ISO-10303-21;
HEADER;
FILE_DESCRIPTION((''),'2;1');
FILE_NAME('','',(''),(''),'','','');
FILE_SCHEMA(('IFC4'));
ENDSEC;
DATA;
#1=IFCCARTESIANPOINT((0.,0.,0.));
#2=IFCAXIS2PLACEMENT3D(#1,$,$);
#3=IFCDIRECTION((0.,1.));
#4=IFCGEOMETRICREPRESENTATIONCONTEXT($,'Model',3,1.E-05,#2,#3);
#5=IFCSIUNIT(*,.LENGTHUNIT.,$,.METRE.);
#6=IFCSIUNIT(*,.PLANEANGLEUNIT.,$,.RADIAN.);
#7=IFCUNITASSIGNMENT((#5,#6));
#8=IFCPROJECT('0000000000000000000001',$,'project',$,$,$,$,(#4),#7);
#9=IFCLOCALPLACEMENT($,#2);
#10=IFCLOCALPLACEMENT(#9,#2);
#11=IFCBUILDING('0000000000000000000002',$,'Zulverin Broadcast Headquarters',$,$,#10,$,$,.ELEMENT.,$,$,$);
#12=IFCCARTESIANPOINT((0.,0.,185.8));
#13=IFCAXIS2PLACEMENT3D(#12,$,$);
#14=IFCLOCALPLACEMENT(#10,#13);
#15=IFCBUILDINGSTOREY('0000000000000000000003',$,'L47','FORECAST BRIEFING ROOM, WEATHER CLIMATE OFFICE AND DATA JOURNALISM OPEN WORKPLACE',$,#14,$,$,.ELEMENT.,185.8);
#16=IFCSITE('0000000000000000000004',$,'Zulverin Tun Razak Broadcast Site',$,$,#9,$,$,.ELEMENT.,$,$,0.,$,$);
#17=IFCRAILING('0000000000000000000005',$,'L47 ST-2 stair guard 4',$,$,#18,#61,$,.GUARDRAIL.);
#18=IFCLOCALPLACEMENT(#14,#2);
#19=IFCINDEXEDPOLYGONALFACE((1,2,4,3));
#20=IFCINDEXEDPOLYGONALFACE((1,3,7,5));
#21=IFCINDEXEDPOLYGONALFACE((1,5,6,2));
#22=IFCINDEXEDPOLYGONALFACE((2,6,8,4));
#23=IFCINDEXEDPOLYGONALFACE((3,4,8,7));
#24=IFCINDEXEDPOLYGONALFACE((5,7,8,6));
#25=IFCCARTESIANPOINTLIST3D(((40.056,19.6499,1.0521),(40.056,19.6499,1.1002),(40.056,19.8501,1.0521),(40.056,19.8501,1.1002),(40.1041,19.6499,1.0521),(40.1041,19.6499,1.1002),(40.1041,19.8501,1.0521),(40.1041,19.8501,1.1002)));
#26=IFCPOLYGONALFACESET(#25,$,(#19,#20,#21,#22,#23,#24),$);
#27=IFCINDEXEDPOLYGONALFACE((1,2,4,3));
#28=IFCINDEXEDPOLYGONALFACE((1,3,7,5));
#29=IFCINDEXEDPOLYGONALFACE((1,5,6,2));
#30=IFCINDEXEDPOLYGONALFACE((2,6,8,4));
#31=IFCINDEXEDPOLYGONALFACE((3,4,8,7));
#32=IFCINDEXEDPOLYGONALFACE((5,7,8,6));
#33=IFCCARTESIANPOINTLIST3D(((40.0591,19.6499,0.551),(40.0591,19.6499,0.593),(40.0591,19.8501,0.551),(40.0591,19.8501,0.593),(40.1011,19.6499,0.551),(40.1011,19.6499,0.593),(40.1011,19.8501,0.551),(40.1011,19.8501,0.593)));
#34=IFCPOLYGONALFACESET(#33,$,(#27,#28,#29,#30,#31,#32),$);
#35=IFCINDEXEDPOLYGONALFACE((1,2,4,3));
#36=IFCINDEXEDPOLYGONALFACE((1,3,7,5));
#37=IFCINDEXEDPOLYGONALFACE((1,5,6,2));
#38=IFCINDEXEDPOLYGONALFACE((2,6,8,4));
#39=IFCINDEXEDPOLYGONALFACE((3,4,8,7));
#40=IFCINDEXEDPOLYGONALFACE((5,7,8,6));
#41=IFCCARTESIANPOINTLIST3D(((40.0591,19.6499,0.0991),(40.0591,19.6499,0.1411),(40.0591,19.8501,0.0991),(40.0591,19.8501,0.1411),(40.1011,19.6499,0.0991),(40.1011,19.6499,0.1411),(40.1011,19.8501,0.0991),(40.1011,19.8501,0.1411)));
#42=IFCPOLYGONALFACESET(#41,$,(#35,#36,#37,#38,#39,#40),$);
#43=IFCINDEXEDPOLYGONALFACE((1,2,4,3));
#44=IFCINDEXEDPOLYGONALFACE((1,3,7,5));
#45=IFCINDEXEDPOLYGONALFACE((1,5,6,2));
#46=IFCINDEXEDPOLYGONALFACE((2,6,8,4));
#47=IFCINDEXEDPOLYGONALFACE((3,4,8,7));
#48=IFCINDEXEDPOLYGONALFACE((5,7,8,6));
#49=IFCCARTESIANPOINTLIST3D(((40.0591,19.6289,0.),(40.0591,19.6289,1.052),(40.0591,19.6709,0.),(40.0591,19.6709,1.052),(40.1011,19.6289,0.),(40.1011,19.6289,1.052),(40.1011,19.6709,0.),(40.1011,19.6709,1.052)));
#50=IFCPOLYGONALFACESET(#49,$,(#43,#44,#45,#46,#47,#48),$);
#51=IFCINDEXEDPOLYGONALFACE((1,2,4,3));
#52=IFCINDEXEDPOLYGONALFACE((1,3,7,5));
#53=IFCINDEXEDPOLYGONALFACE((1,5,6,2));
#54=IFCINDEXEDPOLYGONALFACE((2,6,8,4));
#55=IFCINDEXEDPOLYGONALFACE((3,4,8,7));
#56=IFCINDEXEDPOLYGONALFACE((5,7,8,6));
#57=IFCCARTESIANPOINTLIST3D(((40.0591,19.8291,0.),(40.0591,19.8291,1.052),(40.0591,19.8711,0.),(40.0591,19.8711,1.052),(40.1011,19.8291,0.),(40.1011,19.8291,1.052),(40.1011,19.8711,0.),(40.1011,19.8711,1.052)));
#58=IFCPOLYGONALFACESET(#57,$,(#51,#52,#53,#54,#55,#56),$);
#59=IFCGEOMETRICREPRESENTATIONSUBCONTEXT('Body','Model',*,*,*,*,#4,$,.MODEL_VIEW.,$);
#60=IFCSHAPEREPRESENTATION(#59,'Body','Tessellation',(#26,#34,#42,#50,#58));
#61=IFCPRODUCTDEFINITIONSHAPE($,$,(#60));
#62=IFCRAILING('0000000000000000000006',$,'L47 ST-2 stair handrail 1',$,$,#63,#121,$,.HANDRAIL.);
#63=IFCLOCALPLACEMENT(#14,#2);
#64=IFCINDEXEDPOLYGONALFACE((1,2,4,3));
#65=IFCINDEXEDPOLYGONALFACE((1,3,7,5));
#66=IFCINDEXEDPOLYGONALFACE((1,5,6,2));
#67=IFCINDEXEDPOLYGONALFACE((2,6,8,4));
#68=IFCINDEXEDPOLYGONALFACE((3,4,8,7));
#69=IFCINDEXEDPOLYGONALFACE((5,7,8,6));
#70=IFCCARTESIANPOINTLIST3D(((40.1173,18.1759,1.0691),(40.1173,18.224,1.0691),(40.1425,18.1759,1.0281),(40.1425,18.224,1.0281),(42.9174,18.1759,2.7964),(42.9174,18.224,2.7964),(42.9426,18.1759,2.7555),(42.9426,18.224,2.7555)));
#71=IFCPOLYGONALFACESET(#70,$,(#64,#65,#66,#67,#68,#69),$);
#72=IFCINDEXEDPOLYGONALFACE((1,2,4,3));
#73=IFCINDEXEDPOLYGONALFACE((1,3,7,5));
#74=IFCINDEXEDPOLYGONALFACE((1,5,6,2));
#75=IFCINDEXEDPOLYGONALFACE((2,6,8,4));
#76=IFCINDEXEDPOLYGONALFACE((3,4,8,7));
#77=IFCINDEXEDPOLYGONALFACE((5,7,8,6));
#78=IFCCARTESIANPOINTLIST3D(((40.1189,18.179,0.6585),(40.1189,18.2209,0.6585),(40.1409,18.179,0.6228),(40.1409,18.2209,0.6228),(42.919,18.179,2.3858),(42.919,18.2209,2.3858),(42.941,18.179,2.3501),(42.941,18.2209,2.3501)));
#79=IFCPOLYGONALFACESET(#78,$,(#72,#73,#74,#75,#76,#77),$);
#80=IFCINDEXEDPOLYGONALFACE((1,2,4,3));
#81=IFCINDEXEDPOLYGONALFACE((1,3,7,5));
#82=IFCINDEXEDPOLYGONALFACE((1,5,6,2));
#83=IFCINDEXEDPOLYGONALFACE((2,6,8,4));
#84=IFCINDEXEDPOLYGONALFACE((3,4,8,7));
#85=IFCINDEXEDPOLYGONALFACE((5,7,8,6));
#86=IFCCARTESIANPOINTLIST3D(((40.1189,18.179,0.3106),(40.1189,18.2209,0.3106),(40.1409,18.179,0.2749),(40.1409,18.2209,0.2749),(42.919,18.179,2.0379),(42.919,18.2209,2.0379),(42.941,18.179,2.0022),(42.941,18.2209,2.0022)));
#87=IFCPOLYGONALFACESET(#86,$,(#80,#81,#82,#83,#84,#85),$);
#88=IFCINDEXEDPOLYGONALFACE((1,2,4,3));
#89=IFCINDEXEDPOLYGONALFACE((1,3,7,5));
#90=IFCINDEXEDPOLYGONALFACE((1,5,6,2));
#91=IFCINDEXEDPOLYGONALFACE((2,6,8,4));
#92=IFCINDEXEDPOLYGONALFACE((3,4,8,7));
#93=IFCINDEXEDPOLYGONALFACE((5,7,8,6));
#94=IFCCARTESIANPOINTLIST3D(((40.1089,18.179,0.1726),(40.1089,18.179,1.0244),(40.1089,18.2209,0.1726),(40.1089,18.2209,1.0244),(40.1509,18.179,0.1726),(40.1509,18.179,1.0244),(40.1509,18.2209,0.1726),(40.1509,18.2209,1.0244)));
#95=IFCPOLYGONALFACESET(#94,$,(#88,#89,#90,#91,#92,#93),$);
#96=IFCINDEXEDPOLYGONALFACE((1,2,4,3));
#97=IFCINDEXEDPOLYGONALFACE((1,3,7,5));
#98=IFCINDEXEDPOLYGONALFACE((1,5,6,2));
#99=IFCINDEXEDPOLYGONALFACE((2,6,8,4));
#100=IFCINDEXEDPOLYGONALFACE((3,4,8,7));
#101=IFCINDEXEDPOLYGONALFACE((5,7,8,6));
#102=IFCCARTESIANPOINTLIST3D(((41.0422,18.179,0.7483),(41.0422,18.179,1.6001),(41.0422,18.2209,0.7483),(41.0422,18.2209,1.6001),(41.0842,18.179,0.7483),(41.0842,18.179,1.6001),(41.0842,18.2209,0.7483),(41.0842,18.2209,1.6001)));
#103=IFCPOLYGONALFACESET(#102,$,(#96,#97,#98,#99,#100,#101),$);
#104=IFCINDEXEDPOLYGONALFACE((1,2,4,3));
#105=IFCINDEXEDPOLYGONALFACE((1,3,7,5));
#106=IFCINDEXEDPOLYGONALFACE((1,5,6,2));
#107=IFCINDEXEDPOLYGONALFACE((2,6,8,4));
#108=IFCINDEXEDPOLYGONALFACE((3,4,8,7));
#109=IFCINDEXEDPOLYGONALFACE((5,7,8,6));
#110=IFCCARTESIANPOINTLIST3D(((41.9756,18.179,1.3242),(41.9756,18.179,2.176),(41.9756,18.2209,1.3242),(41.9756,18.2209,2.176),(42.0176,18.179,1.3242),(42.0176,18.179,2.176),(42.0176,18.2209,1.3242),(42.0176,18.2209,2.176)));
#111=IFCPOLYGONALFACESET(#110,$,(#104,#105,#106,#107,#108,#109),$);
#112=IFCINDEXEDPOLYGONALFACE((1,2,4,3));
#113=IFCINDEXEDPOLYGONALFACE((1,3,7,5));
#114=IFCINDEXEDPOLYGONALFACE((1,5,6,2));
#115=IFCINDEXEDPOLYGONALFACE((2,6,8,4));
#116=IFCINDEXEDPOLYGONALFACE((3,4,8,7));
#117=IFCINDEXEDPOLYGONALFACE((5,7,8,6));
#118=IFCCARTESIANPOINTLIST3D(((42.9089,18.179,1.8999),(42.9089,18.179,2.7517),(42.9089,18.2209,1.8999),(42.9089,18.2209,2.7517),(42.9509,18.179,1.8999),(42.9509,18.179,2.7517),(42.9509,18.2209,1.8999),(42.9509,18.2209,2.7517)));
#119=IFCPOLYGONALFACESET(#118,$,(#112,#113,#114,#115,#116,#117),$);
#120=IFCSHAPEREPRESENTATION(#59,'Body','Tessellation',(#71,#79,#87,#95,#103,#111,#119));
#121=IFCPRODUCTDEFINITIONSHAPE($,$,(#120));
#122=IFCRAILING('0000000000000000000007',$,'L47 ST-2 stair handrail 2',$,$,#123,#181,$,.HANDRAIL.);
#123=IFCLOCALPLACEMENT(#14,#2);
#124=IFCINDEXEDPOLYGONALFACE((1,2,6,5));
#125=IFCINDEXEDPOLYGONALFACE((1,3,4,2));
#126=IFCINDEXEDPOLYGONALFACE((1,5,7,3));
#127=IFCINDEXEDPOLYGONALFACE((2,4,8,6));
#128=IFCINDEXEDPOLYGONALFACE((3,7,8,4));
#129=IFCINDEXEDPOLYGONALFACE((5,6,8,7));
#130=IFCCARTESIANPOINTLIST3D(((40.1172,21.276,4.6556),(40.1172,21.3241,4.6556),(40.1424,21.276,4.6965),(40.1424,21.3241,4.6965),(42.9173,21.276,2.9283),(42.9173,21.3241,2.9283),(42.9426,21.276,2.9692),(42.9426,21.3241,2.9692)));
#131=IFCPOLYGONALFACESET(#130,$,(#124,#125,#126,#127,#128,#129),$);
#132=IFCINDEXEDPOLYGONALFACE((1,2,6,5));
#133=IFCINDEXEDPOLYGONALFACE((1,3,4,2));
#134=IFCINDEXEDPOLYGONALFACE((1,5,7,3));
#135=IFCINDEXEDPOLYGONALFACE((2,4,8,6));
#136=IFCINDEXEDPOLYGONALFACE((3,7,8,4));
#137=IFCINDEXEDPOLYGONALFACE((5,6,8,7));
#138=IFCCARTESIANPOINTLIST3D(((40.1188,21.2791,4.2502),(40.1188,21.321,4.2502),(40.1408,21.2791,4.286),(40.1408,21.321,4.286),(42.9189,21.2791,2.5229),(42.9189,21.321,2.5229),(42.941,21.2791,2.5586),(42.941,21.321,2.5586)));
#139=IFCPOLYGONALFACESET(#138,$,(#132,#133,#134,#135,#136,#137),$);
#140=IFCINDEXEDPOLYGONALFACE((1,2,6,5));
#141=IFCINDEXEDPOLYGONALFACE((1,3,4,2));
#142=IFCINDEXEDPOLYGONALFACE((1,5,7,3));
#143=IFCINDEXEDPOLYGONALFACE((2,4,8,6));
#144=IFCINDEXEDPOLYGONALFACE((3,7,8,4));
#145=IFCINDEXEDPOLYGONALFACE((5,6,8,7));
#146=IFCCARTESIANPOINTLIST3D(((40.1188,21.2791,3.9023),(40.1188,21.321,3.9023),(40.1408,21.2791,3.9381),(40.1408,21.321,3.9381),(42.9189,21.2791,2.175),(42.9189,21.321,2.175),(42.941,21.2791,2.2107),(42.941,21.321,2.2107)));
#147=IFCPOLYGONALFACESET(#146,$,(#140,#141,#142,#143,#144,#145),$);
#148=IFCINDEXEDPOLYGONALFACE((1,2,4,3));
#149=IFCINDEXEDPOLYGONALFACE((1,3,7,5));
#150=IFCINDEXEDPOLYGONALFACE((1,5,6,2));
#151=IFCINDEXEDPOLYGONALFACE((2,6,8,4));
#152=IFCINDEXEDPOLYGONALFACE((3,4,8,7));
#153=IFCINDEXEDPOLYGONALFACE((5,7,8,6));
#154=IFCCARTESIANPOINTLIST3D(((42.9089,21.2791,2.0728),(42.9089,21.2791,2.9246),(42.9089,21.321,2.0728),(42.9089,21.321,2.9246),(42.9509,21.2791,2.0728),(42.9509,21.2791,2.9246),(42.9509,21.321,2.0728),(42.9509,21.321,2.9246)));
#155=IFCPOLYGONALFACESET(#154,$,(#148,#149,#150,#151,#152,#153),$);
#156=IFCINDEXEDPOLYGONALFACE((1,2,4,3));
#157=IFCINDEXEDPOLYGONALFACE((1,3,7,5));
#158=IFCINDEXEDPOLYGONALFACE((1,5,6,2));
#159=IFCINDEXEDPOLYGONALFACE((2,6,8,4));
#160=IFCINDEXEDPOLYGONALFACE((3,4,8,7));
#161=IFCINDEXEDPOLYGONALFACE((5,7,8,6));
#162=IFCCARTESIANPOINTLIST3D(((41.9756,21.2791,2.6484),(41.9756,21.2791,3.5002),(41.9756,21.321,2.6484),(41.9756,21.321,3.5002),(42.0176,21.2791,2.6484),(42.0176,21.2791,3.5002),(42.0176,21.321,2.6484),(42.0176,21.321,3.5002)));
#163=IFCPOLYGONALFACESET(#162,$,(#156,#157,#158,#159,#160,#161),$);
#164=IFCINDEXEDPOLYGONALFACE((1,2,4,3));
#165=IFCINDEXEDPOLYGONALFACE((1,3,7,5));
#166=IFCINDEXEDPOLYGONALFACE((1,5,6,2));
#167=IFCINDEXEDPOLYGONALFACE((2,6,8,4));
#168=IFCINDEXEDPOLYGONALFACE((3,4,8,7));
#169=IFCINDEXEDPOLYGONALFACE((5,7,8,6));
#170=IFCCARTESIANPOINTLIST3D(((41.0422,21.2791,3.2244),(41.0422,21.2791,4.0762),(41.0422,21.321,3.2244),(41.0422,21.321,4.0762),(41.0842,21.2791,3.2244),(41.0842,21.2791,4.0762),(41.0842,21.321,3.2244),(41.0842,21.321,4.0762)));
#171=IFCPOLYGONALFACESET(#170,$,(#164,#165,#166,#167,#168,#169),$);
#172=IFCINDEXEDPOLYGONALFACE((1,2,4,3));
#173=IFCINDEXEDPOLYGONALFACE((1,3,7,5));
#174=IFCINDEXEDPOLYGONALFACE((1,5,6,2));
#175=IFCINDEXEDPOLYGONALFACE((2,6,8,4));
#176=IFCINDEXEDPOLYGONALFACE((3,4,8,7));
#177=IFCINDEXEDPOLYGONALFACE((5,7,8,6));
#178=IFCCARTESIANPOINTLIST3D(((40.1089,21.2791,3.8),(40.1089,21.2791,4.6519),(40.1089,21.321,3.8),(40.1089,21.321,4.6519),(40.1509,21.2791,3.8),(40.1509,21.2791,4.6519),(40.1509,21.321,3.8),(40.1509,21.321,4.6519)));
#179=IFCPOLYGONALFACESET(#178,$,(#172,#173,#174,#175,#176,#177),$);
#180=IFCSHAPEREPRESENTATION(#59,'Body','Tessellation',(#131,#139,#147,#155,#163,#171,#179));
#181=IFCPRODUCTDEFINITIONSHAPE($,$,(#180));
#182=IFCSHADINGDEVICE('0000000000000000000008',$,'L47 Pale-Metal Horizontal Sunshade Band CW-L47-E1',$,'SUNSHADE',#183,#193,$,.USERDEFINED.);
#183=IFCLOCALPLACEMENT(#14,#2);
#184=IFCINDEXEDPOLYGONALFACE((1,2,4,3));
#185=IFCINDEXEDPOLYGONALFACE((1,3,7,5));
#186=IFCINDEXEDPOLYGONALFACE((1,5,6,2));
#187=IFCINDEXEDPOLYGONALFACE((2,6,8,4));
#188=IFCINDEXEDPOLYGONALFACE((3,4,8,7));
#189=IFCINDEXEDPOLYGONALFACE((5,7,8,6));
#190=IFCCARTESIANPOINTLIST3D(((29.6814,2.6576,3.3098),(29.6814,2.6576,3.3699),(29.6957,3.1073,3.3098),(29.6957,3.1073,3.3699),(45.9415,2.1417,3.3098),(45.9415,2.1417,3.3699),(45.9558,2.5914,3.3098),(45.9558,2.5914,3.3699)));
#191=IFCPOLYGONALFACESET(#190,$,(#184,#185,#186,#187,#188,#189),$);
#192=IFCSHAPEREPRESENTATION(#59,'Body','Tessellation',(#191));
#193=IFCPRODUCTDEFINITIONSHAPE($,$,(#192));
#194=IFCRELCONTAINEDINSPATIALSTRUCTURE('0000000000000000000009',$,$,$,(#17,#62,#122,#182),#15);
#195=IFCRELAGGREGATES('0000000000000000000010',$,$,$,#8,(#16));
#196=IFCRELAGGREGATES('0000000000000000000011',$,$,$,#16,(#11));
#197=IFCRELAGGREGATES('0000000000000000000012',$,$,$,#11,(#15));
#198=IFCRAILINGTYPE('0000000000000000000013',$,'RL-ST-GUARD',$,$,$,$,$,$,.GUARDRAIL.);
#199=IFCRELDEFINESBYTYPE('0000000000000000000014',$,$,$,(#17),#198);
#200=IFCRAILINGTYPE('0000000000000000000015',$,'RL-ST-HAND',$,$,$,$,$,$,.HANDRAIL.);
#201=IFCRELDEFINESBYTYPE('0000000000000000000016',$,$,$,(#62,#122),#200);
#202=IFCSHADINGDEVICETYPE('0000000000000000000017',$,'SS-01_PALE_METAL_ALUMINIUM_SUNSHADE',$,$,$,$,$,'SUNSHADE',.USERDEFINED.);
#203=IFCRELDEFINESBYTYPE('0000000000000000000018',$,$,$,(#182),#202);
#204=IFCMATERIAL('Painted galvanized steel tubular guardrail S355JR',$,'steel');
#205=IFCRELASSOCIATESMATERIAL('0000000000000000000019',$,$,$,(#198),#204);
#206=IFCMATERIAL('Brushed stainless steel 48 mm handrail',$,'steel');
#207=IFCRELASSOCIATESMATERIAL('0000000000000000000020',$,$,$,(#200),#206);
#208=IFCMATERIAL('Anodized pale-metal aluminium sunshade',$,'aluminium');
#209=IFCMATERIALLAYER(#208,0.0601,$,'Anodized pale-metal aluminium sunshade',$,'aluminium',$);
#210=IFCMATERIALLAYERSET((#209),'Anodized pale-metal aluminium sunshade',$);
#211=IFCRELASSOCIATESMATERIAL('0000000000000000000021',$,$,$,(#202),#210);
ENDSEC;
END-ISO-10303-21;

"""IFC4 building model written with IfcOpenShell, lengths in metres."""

from ifc_helpers import new_model, si_unit, direction, frame, origin, origin_2d, place, context, subcontext, project, spatial, rectangle, extrude, material, layer, layer_set, type_object, element, save


model = new_model("IFC4")

# Units and contexts
model_context = context("Model", 3, precision=1e-05, world=origin(), true_north=direction((0.0, 1.0)))
body_context = subcontext(model_context, "Body", "Model", "MODEL_VIEW")
ifc_project = project(units=[si_unit("LENGTHUNIT", "METRE"), si_unit("PLANEANGLEUNIT", "RADIAN")], contexts=[model_context])

# Site, building, storey
site_placement = place(None, origin())
site = spatial("IfcSite", under=ifc_project, at=site_placement, Name="Zulverin Tun Razak Broadcast Site", CompositionType="ELEMENT", RefElevation=0.0)
building_placement = place(site_placement, origin())
building = spatial("IfcBuilding", under=site, at=building_placement, Name="Zulverin Broadcast Headquarters", CompositionType="ELEMENT")
storey_placement = place(building_placement, frame((0.0, 0.0, 185.8)))
storey = spatial("IfcBuildingStorey", under=building, at=storey_placement, Name="L47", Description="FORECAST BRIEFING ROOM, WEATHER CLIMATE OFFICE AND DATA JOURNALISM OPEN WORKPLACE", CompositionType="ELEMENT", Elevation=185.8)

# Railings
ifc_material_1 = material(Name="Painted galvanized steel tubular guardrail S355JR", Category="steel")
railing_type_1 = type_object("IfcRailingType", Name="RL-ST-GUARD", PredefinedType="GUARDRAIL", material=ifc_material_1)
railing_1_placement = place(storey_placement, frame((40.0801, 19.6499, 0.0)))
element("IfcRailing", 1, at=railing_1_placement, inside=storey, type_object=railing_type_1, Name="L47 ST-2 stair guard 4", PredefinedType="GUARDRAIL", context=body_context, shape_type="SweptSolid", body=[
    extrude(rectangle(XDim=0.0481, YDim=0.0481, at=origin_2d()), frame((0.0, 0.0, 1.0762), z_axis=(0.0, 1.0, 0.0), x_axis=(-1.0, 0.0, 0.0)), (0.0, 0.0, 1.0), 0.2002),
    extrude(rectangle(XDim=0.042, YDim=0.042, at=origin_2d()), frame((0.0, 0.0, 0.572), z_axis=(0.0, 1.0, 0.0), x_axis=(-1.0, 0.0, 0.0)), (0.0, 0.0, 1.0), 0.2002),
    extrude(rectangle(XDim=0.042, YDim=0.042, at=origin_2d()), frame((0.0, 0.0, 0.1201), z_axis=(0.0, 1.0, 0.0), x_axis=(-1.0, 0.0, 0.0)), (0.0, 0.0, 1.0), 0.2002),
    extrude(rectangle(XDim=0.042, YDim=0.042, at=origin_2d()), origin(), (0.0, 0.0, 1.0), 1.052),
    extrude(rectangle(XDim=0.042, YDim=0.042, at=origin_2d()), frame((0.0, 0.2002, 0.0)), (0.0, 0.0, 1.0), 1.052),
])
ifc_material_2 = material(Name="Brushed stainless steel 48 mm handrail", Category="steel")
railing_type_2 = type_object("IfcRailingType", Name="RL-ST-HAND", PredefinedType="HANDRAIL", material=ifc_material_2)
railing_2_placement = place(storey_placement, frame((40.1299, 18.2, 0.1726)))
element("IfcRailing", 2, at=railing_2_placement, inside=storey, type_object=railing_type_2, Name="L47 ST-2 stair handrail 1", PredefinedType="HANDRAIL", context=body_context, shape_type="SweptSolid", body=[
    extrude(rectangle(XDim=0.0481, YDim=0.0481, at=origin_2d()), frame((0.0, 0.0, 0.876), z_axis=(0.85109, 0.0, 0.52502), x_axis=(0.0, 1.0, 0.0)), (0.0, 0.0, 1.0), 3.29),
    extrude(rectangle(XDim=0.042, YDim=0.042, at=origin_2d()), frame((0.0, 0.0, 0.468), z_axis=(0.85109, 0.0, 0.52502), x_axis=(0.0, 1.0, 0.0)), (0.0, 0.0, 1.0), 3.29),
    extrude(rectangle(XDim=0.042, YDim=0.042, at=origin_2d()), frame((0.0, 0.0, 0.1201), z_axis=(0.85109, 0.0, 0.52502), x_axis=(0.0, 1.0, 0.0)), (0.0, 0.0, 1.0), 3.29),
    extrude(rectangle(XDim=0.042, YDim=0.042, at=origin_2d()), origin(), (0.0, 0.0, 1.0), 0.8518),
    extrude(rectangle(XDim=0.042, YDim=0.042, at=origin_2d()), frame((0.9333, 0.0, 0.5757)), (0.0, 0.0, 1.0), 0.8518),
    extrude(rectangle(XDim=0.042, YDim=0.042, at=origin_2d()), frame((1.8667, 0.0, 1.1516)), (0.0, 0.0, 1.0), 0.8518),
    extrude(rectangle(XDim=0.042, YDim=0.042, at=origin_2d()), frame((2.8, 0.0, 1.7273)), (0.0, 0.0, 1.0), 0.8518),
])
railing_3_placement = place(storey_placement, frame((42.9299, 21.3, 2.0728)))
element("IfcRailing", 3, at=railing_3_placement, inside=storey, type_object=railing_type_2, Name="L47 ST-2 stair handrail 2", PredefinedType="HANDRAIL", context=body_context, shape_type="SweptSolid", body=[
    extrude(rectangle(XDim=0.0481, YDim=0.0481, at=origin_2d()), frame((0.0, 0.0, 0.876), z_axis=(-0.85109, 0.0, 0.52502), x_axis=(0.0, -1.0, 0.0)), (0.0, 0.0, 1.0), 3.29),
    extrude(rectangle(XDim=0.042, YDim=0.042, at=origin_2d()), frame((0.0, 0.0, 0.468), z_axis=(-0.85109, 0.0, 0.52502), x_axis=(0.0, -1.0, 0.0)), (0.0, 0.0, 1.0), 3.29),
    extrude(rectangle(XDim=0.042, YDim=0.042, at=origin_2d()), frame((0.0, 0.0, 0.1201), z_axis=(-0.85109, 0.0, 0.52502), x_axis=(0.0, -1.0, 0.0)), (0.0, 0.0, 1.0), 3.29),
    extrude(rectangle(XDim=0.042, YDim=0.042, at=origin_2d()), origin(), (0.0, 0.0, 1.0), 0.8518),
    extrude(rectangle(XDim=0.042, YDim=0.042, at=origin_2d()), frame((-0.9333, 0.0, 0.5757)), (0.0, 0.0, 1.0), 0.8518),
    extrude(rectangle(XDim=0.042, YDim=0.042, at=origin_2d()), frame((-1.8667, 0.0, 1.1516)), (0.0, 0.0, 1.0), 0.8518),
    extrude(rectangle(XDim=0.042, YDim=0.042, at=origin_2d()), frame((-2.8, 0.0, 1.7273)), (0.0, 0.0, 1.0), 0.8518),
])

# Shading device
ifc_material_3 = material(Name="Anodized pale-metal aluminium sunshade", Category="aluminium")
ifc_layer_1 = layer(ifc_material_3, 0.0601, Name="Anodized pale-metal aluminium sunshade", Category="aluminium")
ifc_layer_set_1 = layer_set([ifc_layer_1], Name="Anodized pale-metal aluminium sunshade")
shading_device_type = type_object("IfcShadingDeviceType", Name="SS-01_PALE_METAL_ALUMINIUM_SUNSHADE", ElementType="SUNSHADE", PredefinedType="USERDEFINED", material=ifc_layer_set_1)
shading_device_placement = place(storey_placement, frame((37.8186, 2.6245, 3.3098), z_axis=(0.0, 0.0, 1.0), x_axis=(0.999497, -0.031709, 0.0)))
element("IfcShadingDevice", 4, at=shading_device_placement, inside=storey, type_object=shading_device_type, Name="L47 Pale-Metal Horizontal Sunshade Band CW-L47-E1", ObjectType="SUNSHADE", PredefinedType="USERDEFINED", context=body_context, shape_type="SweptSolid", body=[
    extrude(rectangle(XDim=16.2683, YDim=0.45, at=origin_2d()), origin(), (0.0, 0.0, 1.0), 0.0601),
])

save(model, "model.ifc")
